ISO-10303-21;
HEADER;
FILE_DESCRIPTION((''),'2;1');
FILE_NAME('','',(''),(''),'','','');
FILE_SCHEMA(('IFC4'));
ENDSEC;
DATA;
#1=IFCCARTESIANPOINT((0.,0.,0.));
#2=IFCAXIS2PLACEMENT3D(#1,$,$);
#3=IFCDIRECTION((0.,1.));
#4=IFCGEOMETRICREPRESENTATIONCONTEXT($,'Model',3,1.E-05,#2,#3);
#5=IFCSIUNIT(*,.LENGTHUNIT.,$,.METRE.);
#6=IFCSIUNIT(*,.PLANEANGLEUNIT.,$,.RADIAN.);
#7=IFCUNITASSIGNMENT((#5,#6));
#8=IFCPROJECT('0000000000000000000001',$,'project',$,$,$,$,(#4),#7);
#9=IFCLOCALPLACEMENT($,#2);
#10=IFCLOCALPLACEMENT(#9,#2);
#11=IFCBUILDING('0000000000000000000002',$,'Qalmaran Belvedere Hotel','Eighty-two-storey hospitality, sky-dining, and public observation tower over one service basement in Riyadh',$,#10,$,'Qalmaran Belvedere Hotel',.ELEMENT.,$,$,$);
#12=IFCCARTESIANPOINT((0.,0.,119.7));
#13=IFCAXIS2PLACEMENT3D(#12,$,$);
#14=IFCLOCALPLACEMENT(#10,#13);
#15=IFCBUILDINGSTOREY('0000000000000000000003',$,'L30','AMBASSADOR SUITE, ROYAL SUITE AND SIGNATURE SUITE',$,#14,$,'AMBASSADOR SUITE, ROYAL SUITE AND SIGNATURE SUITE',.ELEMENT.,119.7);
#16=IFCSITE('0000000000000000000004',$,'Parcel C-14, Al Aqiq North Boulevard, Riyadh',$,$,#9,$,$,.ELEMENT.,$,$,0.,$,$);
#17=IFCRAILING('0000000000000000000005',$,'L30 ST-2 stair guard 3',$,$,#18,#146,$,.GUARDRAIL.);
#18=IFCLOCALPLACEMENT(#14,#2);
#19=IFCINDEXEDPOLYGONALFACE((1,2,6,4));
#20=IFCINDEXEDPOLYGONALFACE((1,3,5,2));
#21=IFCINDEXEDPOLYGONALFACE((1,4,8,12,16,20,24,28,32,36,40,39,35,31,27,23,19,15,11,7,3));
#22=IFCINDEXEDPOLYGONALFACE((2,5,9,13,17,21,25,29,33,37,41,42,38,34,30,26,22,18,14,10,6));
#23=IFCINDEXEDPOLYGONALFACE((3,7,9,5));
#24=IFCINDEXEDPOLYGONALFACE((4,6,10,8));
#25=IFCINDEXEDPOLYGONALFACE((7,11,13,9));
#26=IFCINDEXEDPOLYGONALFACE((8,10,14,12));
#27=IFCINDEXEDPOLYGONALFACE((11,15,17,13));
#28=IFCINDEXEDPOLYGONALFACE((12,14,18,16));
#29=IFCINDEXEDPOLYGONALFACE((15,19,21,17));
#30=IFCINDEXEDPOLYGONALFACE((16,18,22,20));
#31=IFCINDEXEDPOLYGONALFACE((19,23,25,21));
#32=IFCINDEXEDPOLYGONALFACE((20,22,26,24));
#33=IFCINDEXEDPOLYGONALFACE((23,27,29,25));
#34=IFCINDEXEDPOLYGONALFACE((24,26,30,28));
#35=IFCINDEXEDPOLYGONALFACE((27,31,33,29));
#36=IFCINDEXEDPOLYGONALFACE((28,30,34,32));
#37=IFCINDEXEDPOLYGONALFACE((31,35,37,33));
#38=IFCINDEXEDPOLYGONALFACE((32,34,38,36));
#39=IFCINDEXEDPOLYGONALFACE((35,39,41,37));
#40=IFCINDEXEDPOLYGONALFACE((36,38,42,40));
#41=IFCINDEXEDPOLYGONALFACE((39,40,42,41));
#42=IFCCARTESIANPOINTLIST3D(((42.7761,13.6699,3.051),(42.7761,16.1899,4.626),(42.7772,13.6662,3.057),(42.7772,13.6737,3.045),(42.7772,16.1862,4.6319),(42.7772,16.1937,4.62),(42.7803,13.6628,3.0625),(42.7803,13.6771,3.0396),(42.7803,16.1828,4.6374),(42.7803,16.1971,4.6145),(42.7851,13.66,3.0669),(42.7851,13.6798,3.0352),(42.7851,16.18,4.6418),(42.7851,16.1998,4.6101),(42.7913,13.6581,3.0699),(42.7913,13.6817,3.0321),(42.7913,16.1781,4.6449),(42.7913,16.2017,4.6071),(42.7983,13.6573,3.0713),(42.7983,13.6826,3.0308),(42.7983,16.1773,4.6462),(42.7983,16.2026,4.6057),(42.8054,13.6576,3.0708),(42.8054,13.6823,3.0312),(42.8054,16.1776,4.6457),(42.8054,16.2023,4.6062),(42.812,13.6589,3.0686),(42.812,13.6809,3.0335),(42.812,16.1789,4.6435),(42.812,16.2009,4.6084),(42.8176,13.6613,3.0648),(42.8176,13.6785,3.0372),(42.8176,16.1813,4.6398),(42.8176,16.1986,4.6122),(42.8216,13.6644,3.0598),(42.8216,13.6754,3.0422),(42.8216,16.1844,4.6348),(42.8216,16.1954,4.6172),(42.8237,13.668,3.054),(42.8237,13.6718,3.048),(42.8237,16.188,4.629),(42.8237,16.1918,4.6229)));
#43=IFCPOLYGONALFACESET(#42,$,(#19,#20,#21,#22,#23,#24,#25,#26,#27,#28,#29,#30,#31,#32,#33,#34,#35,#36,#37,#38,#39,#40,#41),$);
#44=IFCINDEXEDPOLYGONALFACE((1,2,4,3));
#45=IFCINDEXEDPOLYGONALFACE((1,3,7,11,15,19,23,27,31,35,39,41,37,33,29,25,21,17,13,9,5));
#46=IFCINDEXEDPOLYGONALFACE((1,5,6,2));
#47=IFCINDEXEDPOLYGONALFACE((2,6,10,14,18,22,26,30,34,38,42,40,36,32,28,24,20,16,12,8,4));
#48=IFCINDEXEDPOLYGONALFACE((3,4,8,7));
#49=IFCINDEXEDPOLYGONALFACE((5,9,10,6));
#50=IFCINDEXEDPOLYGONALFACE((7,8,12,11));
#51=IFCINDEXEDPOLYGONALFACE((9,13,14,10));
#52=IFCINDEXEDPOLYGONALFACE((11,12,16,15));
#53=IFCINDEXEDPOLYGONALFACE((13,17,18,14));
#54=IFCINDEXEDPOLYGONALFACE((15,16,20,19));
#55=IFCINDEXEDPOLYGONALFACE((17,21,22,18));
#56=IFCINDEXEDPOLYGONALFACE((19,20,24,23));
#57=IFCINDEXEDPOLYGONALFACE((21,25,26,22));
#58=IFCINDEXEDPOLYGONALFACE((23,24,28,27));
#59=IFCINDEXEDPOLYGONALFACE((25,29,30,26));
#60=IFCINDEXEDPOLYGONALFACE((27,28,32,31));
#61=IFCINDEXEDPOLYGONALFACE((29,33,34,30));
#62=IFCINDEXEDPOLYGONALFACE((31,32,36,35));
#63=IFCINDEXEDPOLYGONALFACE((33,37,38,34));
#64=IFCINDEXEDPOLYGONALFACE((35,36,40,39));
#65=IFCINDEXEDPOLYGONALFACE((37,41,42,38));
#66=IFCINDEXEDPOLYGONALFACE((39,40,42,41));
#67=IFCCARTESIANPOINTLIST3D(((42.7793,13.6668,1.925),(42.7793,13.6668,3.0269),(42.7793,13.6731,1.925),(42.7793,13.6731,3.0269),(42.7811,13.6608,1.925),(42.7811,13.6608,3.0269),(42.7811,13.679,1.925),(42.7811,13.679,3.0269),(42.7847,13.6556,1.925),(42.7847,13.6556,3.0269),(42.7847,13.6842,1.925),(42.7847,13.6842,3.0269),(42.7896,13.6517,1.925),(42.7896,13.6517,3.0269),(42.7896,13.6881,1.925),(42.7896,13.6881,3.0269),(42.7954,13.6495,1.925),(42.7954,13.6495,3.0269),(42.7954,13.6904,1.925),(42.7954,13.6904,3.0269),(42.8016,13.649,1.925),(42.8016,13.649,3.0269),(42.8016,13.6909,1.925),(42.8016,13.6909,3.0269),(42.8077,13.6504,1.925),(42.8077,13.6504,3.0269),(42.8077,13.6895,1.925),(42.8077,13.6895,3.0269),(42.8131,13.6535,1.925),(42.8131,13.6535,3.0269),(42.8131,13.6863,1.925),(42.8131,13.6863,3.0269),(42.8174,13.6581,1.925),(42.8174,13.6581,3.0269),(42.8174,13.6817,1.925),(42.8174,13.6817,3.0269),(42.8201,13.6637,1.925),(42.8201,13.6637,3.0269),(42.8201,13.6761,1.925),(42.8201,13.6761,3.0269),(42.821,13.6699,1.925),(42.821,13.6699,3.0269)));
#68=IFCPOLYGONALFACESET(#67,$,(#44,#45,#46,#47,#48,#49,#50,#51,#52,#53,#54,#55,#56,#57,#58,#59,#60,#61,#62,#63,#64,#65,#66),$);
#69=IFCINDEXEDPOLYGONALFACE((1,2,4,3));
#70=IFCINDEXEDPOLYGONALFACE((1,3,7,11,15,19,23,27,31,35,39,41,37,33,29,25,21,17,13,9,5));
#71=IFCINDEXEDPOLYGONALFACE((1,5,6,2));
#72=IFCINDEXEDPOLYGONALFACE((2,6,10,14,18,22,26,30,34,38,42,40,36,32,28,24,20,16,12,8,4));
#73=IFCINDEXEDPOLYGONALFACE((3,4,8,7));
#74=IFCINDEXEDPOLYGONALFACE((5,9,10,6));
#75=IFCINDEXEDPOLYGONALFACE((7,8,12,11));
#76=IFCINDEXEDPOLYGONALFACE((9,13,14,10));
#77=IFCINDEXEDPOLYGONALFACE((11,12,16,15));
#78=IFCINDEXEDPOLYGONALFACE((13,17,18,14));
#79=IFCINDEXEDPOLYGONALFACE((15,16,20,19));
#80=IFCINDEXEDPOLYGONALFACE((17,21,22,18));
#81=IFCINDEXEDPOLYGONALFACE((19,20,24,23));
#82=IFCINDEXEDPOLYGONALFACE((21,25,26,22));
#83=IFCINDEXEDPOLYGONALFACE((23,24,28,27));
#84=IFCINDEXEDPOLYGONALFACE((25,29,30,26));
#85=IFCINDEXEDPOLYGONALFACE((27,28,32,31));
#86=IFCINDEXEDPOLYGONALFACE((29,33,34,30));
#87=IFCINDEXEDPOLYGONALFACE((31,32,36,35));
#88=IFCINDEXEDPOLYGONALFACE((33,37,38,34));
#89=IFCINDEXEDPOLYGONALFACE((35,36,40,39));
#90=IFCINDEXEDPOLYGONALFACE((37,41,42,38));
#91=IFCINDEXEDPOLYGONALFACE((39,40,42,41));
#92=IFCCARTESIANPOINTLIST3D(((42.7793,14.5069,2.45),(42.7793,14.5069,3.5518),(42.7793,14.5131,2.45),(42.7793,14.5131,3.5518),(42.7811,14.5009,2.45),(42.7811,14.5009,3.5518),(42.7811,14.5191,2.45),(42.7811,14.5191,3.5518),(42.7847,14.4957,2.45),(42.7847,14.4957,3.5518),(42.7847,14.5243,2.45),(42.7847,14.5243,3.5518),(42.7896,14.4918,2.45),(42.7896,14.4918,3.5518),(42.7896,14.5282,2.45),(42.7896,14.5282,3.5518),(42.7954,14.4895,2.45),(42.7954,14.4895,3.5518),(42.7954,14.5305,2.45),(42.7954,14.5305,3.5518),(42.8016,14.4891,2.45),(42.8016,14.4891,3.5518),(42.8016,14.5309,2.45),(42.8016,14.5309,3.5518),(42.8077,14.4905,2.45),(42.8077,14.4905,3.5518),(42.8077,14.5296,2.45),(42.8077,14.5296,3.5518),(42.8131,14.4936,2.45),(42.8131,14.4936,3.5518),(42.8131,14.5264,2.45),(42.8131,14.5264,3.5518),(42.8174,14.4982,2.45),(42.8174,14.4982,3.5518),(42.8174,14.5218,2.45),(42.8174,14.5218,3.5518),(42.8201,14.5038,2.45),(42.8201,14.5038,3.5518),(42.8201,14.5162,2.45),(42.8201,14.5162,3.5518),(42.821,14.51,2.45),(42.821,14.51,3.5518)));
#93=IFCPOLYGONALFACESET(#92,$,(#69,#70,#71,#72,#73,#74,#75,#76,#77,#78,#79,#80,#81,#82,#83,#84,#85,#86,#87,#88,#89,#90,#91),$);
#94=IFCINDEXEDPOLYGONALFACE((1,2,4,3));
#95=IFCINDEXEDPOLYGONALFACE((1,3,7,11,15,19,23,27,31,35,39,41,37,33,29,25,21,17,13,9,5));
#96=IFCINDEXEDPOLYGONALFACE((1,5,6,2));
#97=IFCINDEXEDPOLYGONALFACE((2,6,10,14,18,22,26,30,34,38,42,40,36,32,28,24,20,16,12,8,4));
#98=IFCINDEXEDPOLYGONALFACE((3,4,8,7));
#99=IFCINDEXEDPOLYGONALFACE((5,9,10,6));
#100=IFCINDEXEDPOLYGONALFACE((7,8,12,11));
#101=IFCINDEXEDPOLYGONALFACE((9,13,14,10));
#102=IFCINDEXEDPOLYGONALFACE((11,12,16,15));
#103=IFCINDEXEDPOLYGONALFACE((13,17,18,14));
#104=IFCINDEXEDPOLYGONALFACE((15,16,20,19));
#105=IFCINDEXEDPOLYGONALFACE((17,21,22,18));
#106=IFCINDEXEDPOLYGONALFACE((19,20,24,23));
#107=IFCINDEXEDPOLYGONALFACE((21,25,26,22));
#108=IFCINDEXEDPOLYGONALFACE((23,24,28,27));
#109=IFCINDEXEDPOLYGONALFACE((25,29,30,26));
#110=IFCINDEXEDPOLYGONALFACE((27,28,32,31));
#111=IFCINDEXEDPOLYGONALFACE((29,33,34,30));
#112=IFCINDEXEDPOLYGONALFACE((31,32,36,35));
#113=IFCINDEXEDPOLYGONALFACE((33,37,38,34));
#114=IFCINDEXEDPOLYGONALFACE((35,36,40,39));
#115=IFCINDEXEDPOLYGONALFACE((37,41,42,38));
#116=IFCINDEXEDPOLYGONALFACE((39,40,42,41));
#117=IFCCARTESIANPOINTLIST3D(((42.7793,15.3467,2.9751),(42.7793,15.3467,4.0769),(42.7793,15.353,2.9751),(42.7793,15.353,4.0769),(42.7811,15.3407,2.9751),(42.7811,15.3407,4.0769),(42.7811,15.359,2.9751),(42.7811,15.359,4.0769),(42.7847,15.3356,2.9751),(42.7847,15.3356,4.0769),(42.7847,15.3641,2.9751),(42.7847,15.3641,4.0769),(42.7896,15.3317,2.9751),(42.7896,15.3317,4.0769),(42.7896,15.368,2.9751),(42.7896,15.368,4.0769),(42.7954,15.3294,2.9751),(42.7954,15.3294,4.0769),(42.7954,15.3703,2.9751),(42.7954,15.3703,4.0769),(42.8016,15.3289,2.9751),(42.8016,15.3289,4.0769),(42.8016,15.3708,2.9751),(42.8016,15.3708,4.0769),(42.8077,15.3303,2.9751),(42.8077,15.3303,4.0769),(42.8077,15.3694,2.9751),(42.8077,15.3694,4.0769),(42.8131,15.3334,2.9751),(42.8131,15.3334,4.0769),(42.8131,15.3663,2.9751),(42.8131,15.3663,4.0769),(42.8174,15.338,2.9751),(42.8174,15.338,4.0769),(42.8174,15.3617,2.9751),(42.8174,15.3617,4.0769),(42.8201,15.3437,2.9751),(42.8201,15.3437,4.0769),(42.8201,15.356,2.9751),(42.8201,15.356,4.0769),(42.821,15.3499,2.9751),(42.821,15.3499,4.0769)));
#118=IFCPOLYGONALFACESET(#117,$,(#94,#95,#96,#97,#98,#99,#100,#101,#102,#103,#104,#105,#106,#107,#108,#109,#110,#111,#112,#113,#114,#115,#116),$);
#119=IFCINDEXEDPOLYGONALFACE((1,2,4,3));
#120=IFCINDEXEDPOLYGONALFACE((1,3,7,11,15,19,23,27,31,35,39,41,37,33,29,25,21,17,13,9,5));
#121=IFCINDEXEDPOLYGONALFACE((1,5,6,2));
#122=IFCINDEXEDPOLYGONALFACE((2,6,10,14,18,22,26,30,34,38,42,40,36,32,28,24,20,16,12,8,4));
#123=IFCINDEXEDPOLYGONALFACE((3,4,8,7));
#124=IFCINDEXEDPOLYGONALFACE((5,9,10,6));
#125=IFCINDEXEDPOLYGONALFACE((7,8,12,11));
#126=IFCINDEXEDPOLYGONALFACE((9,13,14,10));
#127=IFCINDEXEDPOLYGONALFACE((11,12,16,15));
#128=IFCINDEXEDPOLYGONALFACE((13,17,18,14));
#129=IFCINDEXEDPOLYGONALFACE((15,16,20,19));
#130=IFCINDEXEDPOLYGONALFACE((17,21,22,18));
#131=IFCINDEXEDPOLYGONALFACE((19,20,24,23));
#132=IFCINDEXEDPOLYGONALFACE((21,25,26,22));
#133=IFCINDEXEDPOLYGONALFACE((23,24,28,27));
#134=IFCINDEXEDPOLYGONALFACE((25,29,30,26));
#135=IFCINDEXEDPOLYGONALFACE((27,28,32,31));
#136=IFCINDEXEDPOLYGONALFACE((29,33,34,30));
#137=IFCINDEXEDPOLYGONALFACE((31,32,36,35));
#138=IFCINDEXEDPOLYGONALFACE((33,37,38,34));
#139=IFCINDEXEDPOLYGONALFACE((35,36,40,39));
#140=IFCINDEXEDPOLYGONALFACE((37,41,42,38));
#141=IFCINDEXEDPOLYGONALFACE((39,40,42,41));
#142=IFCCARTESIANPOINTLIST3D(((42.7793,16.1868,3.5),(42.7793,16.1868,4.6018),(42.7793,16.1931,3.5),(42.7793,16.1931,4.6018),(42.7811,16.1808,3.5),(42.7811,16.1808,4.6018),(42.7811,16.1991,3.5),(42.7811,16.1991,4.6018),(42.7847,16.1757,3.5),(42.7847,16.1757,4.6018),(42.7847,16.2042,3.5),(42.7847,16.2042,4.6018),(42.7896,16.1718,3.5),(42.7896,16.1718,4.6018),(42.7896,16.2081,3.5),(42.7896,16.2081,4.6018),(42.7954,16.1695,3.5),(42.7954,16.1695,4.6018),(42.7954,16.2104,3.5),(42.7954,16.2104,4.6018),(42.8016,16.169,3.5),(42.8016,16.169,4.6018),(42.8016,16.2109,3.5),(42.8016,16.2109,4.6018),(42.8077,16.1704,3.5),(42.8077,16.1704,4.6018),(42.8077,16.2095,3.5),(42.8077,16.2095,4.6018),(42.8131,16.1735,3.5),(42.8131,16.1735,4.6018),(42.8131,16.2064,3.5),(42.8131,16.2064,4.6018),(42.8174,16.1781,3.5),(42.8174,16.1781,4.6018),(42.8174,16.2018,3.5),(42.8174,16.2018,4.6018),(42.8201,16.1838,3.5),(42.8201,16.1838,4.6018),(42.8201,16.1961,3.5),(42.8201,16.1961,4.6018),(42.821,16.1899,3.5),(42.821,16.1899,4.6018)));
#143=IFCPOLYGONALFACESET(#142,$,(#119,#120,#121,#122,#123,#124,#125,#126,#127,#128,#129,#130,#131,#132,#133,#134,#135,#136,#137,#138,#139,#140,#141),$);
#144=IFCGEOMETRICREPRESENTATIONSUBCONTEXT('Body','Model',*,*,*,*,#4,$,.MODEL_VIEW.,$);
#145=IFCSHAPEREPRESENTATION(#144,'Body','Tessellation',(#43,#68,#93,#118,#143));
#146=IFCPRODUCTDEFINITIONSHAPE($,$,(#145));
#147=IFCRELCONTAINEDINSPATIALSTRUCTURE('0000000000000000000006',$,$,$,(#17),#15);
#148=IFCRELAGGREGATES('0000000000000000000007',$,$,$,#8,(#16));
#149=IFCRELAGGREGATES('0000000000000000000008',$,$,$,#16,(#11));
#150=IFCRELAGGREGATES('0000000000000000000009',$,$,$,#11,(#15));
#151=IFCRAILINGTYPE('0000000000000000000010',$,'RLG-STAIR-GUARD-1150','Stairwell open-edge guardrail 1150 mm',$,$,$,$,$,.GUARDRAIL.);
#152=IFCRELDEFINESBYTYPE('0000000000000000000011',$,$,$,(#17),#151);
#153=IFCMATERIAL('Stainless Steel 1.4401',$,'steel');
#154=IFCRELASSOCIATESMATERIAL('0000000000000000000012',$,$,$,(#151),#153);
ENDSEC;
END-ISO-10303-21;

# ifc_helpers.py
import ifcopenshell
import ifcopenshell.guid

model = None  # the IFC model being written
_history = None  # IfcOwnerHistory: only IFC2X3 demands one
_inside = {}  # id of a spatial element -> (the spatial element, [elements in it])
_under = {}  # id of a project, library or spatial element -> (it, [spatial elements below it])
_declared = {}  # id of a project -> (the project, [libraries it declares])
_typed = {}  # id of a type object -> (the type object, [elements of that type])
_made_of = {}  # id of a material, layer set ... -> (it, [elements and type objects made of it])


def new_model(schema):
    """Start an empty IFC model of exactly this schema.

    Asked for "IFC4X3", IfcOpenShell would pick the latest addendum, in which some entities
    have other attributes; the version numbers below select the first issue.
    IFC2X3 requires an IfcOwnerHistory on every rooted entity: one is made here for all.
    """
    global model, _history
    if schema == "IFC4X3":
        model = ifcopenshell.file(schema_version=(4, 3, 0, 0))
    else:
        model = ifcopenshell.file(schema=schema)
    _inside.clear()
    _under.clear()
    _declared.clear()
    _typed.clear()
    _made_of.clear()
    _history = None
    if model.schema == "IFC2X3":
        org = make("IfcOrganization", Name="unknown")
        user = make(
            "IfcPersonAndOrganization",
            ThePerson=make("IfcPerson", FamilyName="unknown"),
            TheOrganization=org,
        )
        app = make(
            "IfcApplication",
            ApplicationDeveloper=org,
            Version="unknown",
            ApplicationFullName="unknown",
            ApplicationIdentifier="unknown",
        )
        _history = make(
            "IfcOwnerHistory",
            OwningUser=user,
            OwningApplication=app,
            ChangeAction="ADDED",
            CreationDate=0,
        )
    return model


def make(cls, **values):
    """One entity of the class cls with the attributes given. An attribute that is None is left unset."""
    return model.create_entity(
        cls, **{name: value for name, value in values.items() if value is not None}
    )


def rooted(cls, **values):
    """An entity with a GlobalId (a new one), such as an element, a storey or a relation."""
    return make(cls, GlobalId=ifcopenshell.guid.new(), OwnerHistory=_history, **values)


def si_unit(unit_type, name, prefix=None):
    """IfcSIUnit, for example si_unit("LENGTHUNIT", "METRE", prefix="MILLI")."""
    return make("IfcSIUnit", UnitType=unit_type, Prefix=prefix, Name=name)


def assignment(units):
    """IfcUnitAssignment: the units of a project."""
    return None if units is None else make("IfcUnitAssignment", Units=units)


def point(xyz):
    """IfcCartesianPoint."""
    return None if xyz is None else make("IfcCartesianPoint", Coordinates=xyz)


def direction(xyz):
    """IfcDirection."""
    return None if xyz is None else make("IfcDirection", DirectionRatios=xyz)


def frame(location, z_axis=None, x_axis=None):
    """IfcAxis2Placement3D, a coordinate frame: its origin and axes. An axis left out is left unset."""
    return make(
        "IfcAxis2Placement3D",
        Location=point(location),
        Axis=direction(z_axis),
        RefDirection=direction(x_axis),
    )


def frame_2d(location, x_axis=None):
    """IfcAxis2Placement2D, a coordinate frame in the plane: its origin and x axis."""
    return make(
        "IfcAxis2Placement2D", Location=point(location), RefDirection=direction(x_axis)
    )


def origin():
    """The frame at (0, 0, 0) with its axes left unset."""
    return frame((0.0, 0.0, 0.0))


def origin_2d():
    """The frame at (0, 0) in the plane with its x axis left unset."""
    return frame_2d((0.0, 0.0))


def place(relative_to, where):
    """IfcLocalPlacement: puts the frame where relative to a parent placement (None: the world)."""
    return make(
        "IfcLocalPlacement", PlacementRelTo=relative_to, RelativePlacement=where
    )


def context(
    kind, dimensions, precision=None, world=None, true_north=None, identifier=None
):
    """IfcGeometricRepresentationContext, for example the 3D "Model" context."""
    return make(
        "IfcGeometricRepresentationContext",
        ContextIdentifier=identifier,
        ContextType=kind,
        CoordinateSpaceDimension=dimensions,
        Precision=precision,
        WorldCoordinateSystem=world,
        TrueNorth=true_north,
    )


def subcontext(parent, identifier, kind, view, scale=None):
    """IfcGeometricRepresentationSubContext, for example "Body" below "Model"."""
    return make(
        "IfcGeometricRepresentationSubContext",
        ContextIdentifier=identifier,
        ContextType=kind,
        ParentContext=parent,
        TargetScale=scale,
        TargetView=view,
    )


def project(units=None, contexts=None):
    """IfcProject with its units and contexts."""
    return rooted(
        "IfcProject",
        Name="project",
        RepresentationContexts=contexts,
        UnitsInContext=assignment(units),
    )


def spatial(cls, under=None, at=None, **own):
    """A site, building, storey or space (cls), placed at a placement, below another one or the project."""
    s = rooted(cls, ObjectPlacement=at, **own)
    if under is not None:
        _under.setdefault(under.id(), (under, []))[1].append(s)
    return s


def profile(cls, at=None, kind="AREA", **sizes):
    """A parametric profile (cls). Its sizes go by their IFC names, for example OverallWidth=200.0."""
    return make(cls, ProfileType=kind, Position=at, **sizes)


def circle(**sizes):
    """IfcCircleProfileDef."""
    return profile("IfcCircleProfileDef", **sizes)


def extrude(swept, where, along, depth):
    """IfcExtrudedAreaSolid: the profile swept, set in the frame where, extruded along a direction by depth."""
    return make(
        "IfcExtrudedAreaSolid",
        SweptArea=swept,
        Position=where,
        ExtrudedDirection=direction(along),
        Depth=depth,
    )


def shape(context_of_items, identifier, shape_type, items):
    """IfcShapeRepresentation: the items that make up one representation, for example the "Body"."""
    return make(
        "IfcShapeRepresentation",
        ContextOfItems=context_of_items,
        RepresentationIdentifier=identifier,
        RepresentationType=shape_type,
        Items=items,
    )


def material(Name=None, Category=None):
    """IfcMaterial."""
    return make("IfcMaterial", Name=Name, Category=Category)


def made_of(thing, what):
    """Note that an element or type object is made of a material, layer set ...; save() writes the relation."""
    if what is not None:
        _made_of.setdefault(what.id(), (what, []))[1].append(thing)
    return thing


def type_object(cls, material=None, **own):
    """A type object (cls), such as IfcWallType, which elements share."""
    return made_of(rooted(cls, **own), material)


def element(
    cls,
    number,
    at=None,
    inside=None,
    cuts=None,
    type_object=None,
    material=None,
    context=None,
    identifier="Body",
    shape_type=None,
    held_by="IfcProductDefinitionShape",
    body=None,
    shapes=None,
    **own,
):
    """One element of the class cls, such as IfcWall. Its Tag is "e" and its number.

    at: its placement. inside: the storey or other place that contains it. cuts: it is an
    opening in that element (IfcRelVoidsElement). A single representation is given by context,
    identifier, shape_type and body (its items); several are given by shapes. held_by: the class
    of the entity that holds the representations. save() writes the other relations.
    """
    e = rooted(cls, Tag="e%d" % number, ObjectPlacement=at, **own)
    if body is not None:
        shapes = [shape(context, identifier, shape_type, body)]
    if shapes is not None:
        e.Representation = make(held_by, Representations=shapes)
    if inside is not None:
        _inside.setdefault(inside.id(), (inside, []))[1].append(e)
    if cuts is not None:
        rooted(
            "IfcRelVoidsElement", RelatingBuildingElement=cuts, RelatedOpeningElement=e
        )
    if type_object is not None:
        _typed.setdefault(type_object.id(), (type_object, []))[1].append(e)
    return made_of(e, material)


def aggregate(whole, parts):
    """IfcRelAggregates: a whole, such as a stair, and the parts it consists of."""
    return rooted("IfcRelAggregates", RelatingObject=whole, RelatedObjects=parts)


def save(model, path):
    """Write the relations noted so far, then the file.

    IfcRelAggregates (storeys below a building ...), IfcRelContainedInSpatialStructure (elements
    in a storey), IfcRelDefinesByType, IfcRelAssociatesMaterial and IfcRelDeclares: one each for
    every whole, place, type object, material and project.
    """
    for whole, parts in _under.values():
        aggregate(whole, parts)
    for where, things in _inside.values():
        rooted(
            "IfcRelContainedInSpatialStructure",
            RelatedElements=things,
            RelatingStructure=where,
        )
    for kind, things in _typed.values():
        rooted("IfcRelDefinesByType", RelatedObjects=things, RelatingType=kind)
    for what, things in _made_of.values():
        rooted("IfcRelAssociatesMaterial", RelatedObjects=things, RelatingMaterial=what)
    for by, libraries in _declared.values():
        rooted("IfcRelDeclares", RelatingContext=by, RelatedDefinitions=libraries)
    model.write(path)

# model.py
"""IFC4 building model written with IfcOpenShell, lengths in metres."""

from ifc_helpers import new_model, si_unit, direction, frame, origin, origin_2d, place, context, subcontext, project, spatial, circle, extrude, material, type_object, element, save


model = new_model("IFC4")

# Units and contexts
model_context = context("Model", 3, precision=1e-05, world=origin(), true_north=direction((0.0, 1.0)))
body_context = subcontext(model_context, "Body", "Model", "MODEL_VIEW")
ifc_project = project(units=[si_unit("LENGTHUNIT", "METRE"), si_unit("PLANEANGLEUNIT", "RADIAN")], contexts=[model_context])

# Site, building, storey
site_placement = place(None, origin())
site = spatial("IfcSite", under=ifc_project, at=site_placement, Name="Parcel C-14, Al Aqiq North Boulevard, Riyadh", CompositionType="ELEMENT", RefElevation=0.0)
building_placement = place(site_placement, origin())
building = spatial("IfcBuilding", under=site, at=building_placement, Name="Qalmaran Belvedere Hotel", Description="Eighty-two-storey hospitality, sky-dining, and public observation tower over one service basement in Riyadh", LongName="Qalmaran Belvedere Hotel", CompositionType="ELEMENT")
storey_placement = place(building_placement, frame((0.0, 0.0, 119.7)))
storey = spatial("IfcBuildingStorey", under=building, at=storey_placement, Name="L30", Description="AMBASSADOR SUITE, ROYAL SUITE AND SIGNATURE SUITE", LongName="AMBASSADOR SUITE, ROYAL SUITE AND SIGNATURE SUITE", CompositionType="ELEMENT", Elevation=119.7)

# Shared definitions
ifc_material_1 = material(Name="Stainless Steel 1.4401", Category="steel")

# Railing
railing_type_1 = type_object("IfcRailingType", Name="RLG-STAIR-GUARD-1150", Description="Stairwell open-edge guardrail 1150 mm", PredefinedType="GUARDRAIL", material=ifc_material_1)
railing_1_placement = place(storey_placement, frame((42.8, 13.6699, 1.925)))
element("IfcRailing", 1, at=railing_1_placement, inside=storey, type_object=railing_type_1, Name="L30 ST-2 stair guard 3", PredefinedType="GUARDRAIL", context=body_context, shape_type="SweptSolid", body=[
    extrude(circle(Radius=0.0239, at=origin_2d()), frame((0.0, 0.0, 1.126), z_axis=(0.0, 0.848008, 0.529984), x_axis=(-1.0, 0.0, 0.0)), (0.0, 0.0, 1.0), 2.9717),
    extrude(circle(Radius=0.021, at=origin_2d()), origin(), (0.0, 0.0, 1.0), 1.1018),
    extrude(circle(Radius=0.021, at=origin_2d()), frame((0.0, 0.8401, 0.5249)), (0.0, 0.0, 1.0), 1.1018),
    extrude(circle(Radius=0.021, at=origin_2d()), frame((0.0, 1.6799, 1.05)), (0.0, 0.0, 1.0), 1.1018),
    extrude(circle(Radius=0.021, at=origin_2d()), frame((0.0, 2.52, 1.575)), (0.0, 0.0, 1.0), 1.1018),
])

save(model, "model.ifc")
